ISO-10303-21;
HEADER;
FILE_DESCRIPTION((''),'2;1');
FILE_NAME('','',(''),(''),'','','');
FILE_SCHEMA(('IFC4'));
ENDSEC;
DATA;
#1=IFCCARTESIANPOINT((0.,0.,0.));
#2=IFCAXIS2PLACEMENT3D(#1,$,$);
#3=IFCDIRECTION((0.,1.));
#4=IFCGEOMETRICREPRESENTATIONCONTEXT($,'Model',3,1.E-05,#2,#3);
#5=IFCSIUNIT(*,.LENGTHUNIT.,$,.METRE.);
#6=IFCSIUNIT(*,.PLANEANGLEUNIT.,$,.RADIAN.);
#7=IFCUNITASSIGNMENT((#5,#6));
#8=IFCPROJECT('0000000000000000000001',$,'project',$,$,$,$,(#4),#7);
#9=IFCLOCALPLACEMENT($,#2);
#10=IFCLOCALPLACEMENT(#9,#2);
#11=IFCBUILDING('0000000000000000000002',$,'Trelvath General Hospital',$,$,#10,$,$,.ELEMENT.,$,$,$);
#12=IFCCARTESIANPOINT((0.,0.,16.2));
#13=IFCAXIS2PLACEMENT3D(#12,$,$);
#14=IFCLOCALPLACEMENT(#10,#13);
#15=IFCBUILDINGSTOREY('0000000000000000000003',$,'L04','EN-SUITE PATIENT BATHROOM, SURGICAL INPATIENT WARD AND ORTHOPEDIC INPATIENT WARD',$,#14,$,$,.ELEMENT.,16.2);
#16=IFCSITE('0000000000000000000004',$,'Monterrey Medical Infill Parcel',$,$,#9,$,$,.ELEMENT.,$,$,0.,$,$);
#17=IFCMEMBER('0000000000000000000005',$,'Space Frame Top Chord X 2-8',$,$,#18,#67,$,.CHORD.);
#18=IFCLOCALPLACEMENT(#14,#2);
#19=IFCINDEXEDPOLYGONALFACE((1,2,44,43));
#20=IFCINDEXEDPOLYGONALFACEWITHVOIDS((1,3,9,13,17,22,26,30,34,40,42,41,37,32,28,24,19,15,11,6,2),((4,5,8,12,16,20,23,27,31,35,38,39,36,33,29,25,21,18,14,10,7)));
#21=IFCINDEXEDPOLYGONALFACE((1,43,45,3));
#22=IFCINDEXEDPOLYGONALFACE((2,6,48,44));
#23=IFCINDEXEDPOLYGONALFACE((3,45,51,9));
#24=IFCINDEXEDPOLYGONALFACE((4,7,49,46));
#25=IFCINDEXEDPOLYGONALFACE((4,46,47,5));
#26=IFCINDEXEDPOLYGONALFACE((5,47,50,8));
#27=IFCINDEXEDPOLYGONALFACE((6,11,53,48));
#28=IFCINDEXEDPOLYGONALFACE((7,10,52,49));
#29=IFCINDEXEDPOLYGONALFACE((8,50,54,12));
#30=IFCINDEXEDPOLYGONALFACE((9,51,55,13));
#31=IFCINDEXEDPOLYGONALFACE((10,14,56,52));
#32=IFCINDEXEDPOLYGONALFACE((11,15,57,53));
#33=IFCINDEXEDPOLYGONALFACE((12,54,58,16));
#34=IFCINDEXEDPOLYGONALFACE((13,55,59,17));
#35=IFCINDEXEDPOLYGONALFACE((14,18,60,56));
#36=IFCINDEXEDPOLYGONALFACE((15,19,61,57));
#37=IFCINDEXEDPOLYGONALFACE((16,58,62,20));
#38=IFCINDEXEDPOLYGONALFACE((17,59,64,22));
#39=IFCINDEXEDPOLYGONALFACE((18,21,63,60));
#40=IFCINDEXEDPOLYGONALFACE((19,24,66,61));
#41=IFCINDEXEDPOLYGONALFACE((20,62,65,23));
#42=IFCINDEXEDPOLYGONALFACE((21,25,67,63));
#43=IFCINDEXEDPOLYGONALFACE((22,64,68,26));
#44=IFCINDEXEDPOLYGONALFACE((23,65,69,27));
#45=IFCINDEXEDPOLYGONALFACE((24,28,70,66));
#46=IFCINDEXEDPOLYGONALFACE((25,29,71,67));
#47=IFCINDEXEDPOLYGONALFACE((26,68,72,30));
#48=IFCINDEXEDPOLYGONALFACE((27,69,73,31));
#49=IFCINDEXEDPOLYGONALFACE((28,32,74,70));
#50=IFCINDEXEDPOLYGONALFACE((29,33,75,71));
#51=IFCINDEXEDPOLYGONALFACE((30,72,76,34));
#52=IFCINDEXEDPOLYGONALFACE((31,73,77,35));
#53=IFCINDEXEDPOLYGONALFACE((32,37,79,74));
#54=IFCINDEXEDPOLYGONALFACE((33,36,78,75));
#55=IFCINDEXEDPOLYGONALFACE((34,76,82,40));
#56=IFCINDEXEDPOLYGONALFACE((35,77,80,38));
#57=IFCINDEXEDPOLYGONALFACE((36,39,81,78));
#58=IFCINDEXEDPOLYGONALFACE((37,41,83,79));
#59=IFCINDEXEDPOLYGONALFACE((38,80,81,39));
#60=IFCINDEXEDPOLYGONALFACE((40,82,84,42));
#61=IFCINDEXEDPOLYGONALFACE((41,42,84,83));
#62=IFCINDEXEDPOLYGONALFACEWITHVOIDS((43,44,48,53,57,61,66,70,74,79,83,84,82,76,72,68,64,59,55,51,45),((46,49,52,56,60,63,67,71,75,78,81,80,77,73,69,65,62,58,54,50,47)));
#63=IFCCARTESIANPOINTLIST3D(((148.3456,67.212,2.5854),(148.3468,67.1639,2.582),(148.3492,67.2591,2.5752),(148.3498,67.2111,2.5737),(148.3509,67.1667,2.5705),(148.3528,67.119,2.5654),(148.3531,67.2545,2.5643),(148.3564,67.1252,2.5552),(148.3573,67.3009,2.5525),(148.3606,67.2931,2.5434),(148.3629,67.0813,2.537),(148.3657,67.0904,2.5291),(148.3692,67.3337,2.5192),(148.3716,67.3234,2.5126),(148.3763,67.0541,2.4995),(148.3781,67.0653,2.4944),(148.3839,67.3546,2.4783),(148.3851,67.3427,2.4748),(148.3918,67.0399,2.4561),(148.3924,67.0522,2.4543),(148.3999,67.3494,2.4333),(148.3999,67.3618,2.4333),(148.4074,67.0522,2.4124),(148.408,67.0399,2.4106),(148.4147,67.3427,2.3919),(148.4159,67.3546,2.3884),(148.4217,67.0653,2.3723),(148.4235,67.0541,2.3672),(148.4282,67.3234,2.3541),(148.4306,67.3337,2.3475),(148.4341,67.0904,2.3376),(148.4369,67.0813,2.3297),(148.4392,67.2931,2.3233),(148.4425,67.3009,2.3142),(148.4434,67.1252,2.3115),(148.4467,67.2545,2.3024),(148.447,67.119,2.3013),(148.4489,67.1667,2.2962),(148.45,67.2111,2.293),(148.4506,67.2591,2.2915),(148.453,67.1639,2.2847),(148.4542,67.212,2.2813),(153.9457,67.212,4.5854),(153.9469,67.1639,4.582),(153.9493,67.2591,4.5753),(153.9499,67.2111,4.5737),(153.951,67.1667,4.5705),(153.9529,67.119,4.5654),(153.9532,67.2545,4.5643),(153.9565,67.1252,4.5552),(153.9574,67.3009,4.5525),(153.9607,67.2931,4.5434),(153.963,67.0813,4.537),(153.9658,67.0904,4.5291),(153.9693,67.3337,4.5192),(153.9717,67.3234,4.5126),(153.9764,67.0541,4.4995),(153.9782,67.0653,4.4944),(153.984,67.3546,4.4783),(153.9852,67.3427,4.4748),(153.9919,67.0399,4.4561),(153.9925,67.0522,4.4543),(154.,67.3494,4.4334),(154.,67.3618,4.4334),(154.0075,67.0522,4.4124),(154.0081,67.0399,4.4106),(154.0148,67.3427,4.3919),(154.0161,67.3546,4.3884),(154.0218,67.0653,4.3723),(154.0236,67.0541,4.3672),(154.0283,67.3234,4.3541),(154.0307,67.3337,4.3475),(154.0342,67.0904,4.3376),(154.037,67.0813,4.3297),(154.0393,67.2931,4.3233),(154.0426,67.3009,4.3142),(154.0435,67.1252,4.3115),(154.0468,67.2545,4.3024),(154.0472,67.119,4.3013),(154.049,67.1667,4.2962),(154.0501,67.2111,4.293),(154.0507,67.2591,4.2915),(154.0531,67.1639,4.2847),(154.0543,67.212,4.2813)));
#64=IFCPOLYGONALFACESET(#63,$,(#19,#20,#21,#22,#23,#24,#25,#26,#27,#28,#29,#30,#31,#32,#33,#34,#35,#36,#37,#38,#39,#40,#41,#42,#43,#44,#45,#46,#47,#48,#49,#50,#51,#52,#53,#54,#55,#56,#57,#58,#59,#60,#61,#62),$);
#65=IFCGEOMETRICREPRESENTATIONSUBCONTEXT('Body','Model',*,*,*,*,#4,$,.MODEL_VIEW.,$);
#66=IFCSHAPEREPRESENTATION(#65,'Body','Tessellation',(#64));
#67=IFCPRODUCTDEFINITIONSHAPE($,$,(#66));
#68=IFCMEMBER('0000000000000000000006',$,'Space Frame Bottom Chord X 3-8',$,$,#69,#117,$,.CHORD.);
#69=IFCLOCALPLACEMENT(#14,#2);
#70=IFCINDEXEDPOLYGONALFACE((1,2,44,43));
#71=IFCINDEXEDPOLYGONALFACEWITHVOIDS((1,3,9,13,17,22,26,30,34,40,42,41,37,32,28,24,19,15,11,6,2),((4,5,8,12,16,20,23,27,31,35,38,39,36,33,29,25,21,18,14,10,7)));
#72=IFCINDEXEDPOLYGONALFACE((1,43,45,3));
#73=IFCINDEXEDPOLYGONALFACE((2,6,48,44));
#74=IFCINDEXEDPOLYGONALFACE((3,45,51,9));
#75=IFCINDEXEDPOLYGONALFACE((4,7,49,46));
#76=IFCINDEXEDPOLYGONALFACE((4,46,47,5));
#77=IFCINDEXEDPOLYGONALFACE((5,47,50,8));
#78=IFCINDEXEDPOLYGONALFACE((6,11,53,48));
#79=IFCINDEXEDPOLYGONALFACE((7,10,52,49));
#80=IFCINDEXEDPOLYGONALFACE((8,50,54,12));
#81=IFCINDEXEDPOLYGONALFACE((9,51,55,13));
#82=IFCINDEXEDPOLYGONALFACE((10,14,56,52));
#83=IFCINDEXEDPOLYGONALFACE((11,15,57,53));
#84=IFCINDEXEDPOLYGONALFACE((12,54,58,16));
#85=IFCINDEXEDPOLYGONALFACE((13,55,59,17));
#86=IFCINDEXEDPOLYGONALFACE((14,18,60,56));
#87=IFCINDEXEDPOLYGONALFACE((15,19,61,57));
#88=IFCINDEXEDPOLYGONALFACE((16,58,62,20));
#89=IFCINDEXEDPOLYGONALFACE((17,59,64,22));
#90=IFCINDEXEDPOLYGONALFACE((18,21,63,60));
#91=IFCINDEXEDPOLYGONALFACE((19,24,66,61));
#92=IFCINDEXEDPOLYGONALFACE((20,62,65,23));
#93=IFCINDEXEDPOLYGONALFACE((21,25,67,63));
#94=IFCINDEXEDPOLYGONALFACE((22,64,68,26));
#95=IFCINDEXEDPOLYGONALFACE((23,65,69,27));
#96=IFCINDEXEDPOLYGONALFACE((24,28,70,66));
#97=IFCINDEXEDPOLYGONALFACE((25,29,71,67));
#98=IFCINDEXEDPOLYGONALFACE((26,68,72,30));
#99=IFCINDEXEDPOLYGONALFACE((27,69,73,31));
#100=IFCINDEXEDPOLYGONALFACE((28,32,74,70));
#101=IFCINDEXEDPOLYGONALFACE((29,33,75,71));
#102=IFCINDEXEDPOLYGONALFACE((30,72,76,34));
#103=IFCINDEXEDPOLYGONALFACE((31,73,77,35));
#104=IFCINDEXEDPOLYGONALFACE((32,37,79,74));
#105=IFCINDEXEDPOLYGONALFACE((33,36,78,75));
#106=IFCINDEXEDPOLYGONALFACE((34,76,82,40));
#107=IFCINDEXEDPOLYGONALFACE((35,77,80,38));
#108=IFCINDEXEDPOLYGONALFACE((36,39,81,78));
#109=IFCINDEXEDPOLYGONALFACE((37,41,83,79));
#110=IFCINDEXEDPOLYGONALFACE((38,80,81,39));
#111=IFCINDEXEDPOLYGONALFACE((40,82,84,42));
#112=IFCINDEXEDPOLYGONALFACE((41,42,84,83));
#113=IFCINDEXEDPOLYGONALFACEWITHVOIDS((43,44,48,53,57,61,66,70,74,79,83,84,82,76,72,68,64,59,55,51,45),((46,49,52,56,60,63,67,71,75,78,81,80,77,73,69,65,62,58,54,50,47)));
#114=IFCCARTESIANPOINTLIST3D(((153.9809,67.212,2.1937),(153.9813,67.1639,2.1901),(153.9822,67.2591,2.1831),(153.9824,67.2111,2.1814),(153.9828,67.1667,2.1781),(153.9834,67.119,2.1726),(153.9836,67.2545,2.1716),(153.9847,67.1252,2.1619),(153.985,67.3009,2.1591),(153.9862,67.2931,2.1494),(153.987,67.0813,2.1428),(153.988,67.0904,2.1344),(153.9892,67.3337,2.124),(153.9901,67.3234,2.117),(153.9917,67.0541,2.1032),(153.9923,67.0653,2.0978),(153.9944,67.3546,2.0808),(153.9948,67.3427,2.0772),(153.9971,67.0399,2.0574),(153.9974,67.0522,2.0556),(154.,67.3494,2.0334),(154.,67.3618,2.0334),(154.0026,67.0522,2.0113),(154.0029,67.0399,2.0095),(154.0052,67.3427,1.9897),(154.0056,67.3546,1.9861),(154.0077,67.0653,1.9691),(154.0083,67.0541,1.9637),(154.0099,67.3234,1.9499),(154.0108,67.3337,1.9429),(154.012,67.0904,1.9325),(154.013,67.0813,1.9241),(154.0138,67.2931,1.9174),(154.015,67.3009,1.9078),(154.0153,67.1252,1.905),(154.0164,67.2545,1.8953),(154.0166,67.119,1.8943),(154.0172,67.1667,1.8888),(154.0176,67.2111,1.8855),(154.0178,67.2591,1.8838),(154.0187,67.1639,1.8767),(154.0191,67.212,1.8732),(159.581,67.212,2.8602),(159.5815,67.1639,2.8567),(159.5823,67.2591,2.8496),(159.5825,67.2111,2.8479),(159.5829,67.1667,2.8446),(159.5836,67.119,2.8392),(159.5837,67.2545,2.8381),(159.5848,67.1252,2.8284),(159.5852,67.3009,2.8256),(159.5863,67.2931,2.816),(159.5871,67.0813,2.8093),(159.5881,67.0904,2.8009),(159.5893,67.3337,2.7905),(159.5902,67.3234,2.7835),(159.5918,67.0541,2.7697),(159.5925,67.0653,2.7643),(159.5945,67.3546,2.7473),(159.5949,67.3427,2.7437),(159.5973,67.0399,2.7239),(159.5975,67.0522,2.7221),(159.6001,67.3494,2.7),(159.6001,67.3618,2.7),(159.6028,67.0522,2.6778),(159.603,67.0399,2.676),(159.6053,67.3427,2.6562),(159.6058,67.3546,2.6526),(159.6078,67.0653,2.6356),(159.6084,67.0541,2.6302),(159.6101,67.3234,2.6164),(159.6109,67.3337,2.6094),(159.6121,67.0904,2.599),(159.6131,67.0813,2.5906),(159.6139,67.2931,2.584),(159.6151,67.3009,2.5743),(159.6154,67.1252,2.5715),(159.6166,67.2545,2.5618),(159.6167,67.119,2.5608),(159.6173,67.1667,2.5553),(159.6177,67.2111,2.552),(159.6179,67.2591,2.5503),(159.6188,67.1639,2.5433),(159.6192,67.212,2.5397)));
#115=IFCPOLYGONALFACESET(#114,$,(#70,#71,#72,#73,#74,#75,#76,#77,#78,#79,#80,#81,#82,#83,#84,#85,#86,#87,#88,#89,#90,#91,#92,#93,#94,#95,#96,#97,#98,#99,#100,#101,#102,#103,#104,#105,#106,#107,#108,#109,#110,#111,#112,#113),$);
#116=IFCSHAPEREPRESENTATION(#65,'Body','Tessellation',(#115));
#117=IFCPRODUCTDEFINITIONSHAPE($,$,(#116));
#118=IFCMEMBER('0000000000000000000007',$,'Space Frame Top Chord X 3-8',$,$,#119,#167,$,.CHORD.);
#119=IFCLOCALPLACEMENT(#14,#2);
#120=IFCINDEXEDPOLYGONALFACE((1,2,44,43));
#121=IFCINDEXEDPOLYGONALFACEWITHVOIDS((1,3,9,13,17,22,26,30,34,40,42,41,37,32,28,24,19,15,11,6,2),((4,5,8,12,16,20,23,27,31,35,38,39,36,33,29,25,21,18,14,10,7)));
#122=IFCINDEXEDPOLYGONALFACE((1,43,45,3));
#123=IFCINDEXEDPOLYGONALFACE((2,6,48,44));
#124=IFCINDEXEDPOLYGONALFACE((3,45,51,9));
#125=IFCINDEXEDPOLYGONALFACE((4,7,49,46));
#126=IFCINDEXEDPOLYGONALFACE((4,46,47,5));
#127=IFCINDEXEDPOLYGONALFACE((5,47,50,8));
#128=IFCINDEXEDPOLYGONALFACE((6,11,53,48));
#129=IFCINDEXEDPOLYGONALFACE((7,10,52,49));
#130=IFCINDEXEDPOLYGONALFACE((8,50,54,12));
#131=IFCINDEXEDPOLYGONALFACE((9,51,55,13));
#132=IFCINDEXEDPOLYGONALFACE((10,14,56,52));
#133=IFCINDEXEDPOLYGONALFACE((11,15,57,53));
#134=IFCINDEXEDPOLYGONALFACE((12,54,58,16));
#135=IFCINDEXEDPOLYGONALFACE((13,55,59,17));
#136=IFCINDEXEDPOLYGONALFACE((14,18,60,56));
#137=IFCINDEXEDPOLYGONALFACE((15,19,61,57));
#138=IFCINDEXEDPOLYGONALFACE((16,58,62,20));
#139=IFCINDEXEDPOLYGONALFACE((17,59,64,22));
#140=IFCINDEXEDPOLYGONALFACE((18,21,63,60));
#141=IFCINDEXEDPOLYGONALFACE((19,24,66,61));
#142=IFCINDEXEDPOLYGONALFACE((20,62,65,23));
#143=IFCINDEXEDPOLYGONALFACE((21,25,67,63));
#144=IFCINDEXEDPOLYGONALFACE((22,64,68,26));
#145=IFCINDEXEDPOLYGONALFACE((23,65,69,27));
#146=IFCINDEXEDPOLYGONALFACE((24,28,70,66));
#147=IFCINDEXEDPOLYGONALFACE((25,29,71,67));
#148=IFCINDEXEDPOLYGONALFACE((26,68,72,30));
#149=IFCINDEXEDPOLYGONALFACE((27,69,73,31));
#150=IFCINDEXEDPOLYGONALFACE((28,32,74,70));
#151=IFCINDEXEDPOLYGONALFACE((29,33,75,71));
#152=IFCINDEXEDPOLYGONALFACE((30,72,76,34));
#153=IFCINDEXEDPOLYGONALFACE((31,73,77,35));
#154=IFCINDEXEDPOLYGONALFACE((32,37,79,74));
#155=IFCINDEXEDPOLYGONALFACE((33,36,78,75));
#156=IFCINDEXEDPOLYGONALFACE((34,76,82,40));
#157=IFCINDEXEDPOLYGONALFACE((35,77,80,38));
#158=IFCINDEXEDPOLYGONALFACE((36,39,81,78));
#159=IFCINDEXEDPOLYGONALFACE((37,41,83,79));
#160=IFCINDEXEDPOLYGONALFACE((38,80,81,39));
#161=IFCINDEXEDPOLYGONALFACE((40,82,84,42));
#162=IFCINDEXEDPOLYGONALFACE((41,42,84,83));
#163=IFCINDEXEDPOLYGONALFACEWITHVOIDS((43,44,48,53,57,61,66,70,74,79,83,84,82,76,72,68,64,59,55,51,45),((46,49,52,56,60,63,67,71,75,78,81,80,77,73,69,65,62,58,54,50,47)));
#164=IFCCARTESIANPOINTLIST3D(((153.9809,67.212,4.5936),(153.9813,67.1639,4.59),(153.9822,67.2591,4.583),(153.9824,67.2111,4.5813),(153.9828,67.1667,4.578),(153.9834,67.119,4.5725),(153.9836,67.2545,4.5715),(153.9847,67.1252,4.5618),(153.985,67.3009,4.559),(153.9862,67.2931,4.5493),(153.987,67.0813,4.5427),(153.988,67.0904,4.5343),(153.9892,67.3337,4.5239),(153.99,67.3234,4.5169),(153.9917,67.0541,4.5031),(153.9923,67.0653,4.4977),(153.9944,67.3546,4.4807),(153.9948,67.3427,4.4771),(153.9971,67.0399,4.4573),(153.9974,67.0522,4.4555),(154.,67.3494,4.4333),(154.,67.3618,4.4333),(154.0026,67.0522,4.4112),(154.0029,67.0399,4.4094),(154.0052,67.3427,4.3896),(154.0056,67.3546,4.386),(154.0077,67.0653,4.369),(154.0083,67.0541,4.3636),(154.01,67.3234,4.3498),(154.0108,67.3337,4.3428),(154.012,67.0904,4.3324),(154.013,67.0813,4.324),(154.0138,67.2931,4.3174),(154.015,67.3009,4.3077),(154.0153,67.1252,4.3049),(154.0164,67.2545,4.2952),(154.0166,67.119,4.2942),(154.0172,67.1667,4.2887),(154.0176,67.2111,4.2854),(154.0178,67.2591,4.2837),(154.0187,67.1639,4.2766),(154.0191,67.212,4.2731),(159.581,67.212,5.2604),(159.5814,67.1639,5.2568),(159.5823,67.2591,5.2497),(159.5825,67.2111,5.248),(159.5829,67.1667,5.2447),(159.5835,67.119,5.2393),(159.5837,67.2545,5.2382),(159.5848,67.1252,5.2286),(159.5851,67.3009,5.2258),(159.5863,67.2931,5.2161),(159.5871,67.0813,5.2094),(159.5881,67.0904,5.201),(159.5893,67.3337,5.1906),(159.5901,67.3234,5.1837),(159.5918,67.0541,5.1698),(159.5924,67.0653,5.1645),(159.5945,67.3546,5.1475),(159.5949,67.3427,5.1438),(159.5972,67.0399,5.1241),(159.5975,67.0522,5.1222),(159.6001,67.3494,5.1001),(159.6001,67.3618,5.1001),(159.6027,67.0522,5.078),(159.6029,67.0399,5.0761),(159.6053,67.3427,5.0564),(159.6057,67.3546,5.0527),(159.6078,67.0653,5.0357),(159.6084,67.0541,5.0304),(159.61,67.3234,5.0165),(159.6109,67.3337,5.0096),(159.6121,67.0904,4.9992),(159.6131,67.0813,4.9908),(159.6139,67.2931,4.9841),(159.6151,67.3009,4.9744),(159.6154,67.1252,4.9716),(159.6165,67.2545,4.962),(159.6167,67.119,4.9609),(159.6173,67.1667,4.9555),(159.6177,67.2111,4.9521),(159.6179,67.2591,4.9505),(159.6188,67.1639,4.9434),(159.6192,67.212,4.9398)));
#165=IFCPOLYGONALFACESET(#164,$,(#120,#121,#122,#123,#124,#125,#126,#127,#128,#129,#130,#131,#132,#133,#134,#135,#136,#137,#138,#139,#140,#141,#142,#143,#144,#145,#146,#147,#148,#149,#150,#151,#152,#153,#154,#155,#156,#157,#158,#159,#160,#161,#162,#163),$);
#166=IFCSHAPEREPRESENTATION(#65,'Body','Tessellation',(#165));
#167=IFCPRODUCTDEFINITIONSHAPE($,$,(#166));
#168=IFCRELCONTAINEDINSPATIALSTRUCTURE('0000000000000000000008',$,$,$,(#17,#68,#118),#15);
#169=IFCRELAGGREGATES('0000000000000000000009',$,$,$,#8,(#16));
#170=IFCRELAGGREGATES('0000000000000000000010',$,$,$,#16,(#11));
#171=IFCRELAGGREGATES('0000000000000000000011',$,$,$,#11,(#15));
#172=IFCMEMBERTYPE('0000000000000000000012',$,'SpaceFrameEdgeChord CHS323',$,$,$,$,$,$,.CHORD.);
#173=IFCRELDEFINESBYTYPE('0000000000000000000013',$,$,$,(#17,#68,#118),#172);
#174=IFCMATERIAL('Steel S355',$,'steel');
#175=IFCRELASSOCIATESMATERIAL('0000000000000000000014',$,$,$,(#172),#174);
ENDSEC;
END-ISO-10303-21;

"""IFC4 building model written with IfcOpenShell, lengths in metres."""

from ifc_helpers import new_model, si_unit, direction, frame, origin, origin_2d, place, context, subcontext, project, spatial, hollow_circle, extrude, material, material_profile, profile_set, type_object, element, save


model = new_model("IFC4")

# Units and contexts
model_context = context("Model", 3, precision=1e-05, world=origin(), true_north=direction((0.0, 1.0)))
body_context = subcontext(model_context, "Body", "Model", "MODEL_VIEW")
ifc_project = project(units=[si_unit("LENGTHUNIT", "METRE"), si_unit("PLANEANGLEUNIT", "RADIAN")], contexts=[model_context])

# Site, building, storey
site_placement = place(None, origin())
site = spatial("IfcSite", under=ifc_project, at=site_placement, Name="Monterrey Medical Infill Parcel", CompositionType="ELEMENT", RefElevation=0.0)
building_placement = place(site_placement, origin())
building = spatial("IfcBuilding", under=site, at=building_placement, Name="Trelvath General Hospital", CompositionType="ELEMENT")
storey_placement = place(building_placement, frame((0.0, 0.0, 16.2)))
storey = spatial("IfcBuildingStorey", under=building, at=storey_placement, Name="L04", Description="EN-SUITE PATIENT BATHROOM, SURGICAL INPATIENT WARD AND ORTHOPEDIC INPATIENT WARD", CompositionType="ELEMENT", Elevation=16.2)

# Members
ifc_material_1 = material(Name="Steel S355", Category="steel")
ifc_material_profile_1 = material_profile(ifc_material_1, hollow_circle(Radius=0.1619, WallThickness=0.0125, at=origin_2d()), Name="CHS323.9x12.5")
ifc_profile_set_1 = profile_set([ifc_material_profile_1], Name="Steel S355")
member_type_1 = type_object("IfcMemberType", Name="SpaceFrameEdgeChord CHS323", PredefinedType="CHORD", material=ifc_profile_set_1)
for number, where, z_axis, x_axis, name in (
    (1, (148.3999, 67.2, 2.4333), (0.941744, 0.0, 0.336331), (0.0, 1.0, 0.0), "Space Frame Top Chord X 2-8"),
):
    element("IfcMember", number, at=place(storey_placement, frame(where, z_axis=z_axis, x_axis=x_axis)), inside=storey, type_object=member_type_1, Name=name, PredefinedType="CHORD", context=body_context, shape_type="SweptSolid", body=[
        extrude(hollow_circle(Radius=0.1619, WallThickness=0.0125, at=origin_2d()), origin(), (0.0, 0.0, 1.0), 5.9465),
    ])
for number, where, z_axis, x_axis, name in (
    (2, (154.0, 67.2, 2.0334), (0.992992, 0.0, 0.118182), (0.0, 1.0, 0.0), "Space Frame Bottom Chord X 3-8"),
    (3, (154.0, 67.2, 4.4333), (0.992987, 0.0, 0.118225), (0.0, 1.0, 0.0), "Space Frame Top Chord X 3-8"),
):
    element("IfcMember", number, at=place(storey_placement, frame(where, z_axis=z_axis, x_axis=x_axis)), inside=storey, type_object=member_type_1, Name=name, PredefinedType="CHORD", context=body_context, shape_type="SweptSolid", body=[
        extrude(hollow_circle(Radius=0.1619, WallThickness=0.0125, at=origin_2d()), origin(), (0.0, 0.0, 1.0), 5.6396),
    ])

save(model, "model.ifc")
